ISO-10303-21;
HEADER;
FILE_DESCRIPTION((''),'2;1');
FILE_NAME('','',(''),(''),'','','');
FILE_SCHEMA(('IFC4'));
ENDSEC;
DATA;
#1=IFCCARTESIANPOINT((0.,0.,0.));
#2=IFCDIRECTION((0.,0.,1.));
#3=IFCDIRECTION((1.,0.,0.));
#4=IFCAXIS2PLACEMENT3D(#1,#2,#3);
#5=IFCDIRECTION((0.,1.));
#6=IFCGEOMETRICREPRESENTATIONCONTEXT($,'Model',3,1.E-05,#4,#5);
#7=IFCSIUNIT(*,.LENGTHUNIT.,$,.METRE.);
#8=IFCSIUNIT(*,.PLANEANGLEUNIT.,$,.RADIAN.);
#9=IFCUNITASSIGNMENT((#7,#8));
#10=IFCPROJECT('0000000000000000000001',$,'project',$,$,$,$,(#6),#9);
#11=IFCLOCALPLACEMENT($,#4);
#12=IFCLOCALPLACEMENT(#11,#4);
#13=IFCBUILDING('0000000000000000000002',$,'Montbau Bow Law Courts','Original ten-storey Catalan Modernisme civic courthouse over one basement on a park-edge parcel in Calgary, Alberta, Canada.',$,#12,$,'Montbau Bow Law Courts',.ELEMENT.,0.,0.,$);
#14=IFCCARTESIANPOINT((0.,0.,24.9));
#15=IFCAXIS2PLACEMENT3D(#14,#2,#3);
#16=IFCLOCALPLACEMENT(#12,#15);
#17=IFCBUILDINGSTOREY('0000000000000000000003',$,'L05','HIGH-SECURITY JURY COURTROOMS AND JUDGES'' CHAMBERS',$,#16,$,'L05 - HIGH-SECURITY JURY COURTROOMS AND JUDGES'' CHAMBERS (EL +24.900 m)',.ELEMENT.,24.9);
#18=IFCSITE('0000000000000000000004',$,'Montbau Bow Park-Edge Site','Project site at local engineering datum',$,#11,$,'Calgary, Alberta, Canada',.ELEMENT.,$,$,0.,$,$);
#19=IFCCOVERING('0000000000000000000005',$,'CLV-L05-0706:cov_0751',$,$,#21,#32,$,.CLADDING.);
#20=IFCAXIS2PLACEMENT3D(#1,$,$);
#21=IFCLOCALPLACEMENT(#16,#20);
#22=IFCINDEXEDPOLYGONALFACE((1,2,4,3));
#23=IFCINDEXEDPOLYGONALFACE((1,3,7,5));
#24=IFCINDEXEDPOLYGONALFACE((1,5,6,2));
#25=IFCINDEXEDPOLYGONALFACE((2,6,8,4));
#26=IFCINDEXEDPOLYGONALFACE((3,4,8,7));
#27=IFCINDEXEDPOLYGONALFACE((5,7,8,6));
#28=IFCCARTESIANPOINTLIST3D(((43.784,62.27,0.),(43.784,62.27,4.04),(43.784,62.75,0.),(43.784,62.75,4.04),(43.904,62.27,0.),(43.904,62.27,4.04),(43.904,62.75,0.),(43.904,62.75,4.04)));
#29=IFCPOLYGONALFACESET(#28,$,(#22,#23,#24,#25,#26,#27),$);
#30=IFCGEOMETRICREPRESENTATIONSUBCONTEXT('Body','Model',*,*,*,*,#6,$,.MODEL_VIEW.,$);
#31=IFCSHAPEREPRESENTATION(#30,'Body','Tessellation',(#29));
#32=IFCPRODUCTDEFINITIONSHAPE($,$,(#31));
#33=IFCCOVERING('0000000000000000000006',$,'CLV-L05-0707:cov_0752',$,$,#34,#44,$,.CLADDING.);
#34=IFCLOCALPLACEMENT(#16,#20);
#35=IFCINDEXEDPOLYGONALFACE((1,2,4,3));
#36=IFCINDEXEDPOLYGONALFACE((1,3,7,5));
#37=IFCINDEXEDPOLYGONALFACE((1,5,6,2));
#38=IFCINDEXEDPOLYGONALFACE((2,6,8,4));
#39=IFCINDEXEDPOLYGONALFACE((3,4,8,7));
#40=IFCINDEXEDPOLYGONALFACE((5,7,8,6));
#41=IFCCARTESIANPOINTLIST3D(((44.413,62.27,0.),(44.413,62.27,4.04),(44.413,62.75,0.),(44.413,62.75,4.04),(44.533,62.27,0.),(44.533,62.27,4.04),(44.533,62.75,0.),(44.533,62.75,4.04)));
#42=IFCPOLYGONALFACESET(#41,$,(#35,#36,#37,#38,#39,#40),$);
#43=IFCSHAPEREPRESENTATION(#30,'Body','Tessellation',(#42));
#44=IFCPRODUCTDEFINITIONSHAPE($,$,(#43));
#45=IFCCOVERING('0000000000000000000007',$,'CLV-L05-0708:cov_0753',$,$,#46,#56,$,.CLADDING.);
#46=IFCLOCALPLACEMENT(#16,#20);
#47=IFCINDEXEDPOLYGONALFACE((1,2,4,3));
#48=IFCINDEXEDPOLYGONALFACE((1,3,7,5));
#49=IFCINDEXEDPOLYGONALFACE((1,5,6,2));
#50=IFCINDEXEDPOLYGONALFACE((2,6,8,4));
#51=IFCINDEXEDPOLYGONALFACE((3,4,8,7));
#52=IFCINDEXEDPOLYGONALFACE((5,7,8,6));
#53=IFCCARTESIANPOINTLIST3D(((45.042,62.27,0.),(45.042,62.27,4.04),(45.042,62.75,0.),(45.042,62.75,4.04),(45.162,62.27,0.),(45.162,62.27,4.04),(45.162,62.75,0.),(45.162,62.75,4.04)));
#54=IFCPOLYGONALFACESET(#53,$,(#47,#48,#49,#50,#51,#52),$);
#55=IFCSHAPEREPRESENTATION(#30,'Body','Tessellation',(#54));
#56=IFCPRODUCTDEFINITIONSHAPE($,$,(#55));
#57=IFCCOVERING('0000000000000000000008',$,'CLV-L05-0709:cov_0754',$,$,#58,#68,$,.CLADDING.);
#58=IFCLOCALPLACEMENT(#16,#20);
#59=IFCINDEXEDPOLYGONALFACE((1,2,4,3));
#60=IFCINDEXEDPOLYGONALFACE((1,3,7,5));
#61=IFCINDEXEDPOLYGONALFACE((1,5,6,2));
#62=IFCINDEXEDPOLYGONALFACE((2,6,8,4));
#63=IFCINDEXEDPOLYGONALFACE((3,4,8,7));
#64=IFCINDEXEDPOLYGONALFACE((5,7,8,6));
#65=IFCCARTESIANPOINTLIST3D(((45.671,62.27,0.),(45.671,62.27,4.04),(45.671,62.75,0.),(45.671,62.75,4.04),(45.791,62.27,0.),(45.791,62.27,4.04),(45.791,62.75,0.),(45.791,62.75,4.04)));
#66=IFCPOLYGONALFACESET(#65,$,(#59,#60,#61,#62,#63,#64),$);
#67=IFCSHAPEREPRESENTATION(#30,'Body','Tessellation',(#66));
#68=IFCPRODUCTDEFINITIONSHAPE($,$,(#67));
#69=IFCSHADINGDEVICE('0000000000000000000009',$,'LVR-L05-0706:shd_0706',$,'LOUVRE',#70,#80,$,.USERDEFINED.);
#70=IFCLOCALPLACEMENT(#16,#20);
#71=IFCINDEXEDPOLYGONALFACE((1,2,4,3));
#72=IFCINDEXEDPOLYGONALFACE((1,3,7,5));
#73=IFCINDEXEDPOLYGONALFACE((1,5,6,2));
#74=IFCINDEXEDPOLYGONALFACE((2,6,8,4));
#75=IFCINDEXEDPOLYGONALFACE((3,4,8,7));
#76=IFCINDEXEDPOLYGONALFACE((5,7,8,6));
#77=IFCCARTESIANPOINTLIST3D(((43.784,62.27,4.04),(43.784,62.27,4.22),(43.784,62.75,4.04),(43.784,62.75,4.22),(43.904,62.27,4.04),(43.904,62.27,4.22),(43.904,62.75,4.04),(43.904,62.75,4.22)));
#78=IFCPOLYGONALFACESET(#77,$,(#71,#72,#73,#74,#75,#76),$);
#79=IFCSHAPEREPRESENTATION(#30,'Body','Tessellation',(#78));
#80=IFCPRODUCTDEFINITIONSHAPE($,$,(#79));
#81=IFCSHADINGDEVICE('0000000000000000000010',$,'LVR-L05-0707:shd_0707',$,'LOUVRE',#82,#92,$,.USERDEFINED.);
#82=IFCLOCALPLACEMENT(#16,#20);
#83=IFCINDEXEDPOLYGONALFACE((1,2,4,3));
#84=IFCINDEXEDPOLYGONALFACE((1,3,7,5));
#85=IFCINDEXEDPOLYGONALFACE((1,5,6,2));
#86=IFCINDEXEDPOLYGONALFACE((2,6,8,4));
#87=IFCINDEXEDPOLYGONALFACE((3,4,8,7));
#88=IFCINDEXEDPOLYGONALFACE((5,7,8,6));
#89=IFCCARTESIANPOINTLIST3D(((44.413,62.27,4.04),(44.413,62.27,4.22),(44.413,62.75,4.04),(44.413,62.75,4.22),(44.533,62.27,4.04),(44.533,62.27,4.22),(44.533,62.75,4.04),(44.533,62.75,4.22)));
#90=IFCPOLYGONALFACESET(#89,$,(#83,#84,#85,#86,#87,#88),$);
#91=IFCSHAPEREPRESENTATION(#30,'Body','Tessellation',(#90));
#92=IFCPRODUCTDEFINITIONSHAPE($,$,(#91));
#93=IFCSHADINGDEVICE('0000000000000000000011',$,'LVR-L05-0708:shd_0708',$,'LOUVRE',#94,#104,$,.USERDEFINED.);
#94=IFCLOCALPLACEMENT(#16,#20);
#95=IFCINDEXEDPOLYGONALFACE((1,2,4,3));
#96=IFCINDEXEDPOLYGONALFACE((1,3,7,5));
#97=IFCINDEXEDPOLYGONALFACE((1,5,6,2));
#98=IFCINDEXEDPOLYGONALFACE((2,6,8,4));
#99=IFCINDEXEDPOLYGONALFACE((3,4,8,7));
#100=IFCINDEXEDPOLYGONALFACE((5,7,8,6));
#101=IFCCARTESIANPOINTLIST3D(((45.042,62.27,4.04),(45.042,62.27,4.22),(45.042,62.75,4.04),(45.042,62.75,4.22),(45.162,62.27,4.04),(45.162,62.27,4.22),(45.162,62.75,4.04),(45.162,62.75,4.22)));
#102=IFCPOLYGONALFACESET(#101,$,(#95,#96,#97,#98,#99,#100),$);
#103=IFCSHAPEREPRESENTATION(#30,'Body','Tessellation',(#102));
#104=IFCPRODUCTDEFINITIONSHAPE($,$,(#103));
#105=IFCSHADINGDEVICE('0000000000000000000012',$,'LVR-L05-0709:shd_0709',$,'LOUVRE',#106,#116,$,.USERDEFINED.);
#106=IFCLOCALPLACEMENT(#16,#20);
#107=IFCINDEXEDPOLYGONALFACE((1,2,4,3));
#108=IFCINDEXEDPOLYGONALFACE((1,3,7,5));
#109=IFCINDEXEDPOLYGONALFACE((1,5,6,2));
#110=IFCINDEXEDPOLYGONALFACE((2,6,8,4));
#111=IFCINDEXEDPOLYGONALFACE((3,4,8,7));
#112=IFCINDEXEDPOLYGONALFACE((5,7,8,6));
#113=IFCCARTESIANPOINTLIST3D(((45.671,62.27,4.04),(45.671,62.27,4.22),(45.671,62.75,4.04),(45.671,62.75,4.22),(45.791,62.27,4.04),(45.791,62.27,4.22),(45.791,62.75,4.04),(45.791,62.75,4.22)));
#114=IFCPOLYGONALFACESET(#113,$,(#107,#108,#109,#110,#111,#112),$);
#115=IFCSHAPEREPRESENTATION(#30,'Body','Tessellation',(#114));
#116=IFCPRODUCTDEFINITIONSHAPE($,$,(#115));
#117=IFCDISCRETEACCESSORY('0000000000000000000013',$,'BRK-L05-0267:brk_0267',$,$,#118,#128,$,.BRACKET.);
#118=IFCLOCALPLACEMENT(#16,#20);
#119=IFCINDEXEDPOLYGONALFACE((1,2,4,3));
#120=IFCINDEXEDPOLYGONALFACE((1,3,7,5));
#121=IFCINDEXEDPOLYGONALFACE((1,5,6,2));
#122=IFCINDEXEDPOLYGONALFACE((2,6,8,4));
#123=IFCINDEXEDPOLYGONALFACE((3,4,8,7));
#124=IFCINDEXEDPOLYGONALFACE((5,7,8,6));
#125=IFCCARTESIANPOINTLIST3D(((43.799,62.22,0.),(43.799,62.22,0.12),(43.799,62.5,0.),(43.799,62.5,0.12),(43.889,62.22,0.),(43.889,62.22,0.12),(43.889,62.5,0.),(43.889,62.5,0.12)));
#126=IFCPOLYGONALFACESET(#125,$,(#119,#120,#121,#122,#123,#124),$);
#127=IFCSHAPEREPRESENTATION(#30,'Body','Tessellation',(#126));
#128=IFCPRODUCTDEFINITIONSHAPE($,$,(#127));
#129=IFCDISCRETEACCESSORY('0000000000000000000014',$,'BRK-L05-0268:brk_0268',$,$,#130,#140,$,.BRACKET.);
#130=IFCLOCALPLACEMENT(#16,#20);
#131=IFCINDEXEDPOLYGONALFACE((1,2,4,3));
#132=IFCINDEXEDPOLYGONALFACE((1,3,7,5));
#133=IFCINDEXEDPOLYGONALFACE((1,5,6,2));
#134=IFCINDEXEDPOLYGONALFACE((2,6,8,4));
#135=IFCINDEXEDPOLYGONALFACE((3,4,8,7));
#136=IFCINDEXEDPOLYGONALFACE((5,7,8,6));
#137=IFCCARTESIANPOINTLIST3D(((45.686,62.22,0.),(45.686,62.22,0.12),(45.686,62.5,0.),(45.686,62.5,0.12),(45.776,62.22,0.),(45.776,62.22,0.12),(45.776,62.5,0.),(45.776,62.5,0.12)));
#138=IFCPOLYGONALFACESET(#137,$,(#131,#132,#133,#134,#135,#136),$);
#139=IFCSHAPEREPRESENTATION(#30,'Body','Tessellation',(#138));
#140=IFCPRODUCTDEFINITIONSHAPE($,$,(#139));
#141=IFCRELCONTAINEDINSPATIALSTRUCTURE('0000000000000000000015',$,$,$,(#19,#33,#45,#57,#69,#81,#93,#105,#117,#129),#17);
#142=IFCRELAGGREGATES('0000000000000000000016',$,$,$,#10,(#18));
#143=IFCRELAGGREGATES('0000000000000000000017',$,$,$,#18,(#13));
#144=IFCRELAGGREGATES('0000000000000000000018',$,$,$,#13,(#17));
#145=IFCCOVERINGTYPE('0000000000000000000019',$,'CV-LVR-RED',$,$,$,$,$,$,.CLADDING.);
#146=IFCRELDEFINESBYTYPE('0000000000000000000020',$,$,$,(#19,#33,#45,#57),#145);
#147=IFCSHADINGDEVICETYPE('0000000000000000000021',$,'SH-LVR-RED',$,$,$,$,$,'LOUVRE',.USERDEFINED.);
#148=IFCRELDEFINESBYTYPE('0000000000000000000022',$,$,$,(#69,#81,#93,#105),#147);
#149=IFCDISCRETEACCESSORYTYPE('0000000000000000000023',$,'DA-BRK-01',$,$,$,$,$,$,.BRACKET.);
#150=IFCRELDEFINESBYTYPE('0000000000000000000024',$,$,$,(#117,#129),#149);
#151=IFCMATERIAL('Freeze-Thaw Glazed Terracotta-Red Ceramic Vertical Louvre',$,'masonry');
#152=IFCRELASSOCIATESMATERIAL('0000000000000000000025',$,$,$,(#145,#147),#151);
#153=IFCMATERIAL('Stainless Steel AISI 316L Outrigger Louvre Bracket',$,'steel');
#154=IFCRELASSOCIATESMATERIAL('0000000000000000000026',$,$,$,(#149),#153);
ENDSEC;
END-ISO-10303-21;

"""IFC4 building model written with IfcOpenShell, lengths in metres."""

from ifc_helpers import new_model, si_unit, direction, frame, frame_2d, origin_with_axes, origin_2d_with_axis, place, context, subcontext, project, spatial, rectangle, extrude, material, type_object, element, save


model = new_model("IFC4")

# Units and contexts
model_context = context("Model", 3, precision=1e-05, world=origin_with_axes(), true_north=direction((0.0, 1.0)))
body_context = subcontext(model_context, "Body", "Model", "MODEL_VIEW")
ifc_project = project(units=[si_unit("LENGTHUNIT", "METRE"), si_unit("PLANEANGLEUNIT", "RADIAN")], contexts=[model_context])

# Site, building, storey
site_placement = place(None, origin_with_axes())
site = spatial("IfcSite", under=ifc_project, at=site_placement, Name="Montbau Bow Park-Edge Site", Description="Project site at local engineering datum", LongName="Calgary, Alberta, Canada", CompositionType="ELEMENT", RefElevation=0.0)
building_placement = place(site_placement, origin_with_axes())
building = spatial("IfcBuilding", under=site, at=building_placement, Name="Montbau Bow Law Courts", Description="Original ten-storey Catalan Modernisme civic courthouse over one basement on a park-edge parcel in Calgary, Alberta, Canada.", LongName="Montbau Bow Law Courts", CompositionType="ELEMENT", ElevationOfRefHeight=0.0, ElevationOfTerrain=0.0)
storey_placement = place(building_placement, frame((0.0, 0.0, 24.9), z_axis=(0.0, 0.0, 1.0), x_axis=(1.0, 0.0, 0.0)))
storey = spatial("IfcBuildingStorey", under=building, at=storey_placement, Name="L05", Description="HIGH-SECURITY JURY COURTROOMS AND JUDGES' CHAMBERS", LongName="L05 - HIGH-SECURITY JURY COURTROOMS AND JUDGES' CHAMBERS (EL +24.900 m)", CompositionType="ELEMENT", Elevation=24.9)

# Coverings
ifc_material_1 = material(Name="Freeze-Thaw Glazed Terracotta-Red Ceramic Vertical Louvre", Category="masonry")
covering_type = type_object("IfcCoveringType", Name="CV-LVR-RED", PredefinedType="CLADDING", material=ifc_material_1)
for number, where, z_axis, x_axis, name in (
    (1, (43.844, 62.27, 24.9), (1.0, 0.0, 0.0), (0.0, 1.0, 0.0), "CLV-L05-0706:cov_0751"),
    (2, (44.473, 62.27, 24.9), (1.0, 0.0, 0.0), (0.0, 1.0, 0.0), "CLV-L05-0707:cov_0752"),
    (3, (45.102, 62.27, 24.9), (1.0, 0.0, 0.0), (0.0, 1.0, 0.0), "CLV-L05-0708:cov_0753"),
    (4, (45.731, 62.27, 24.9), (1.0, 0.0, 0.0), (0.0, 1.0, 0.0), "CLV-L05-0709:cov_0754"),
):
    element("IfcCovering", number, at=place(None, frame(where, z_axis=z_axis, x_axis=x_axis)), inside=storey, type_object=covering_type, Name=name, PredefinedType="CLADDING", context=body_context, shape_type="SweptSolid", body=[
        extrude(rectangle(XDim=0.48, YDim=4.04, at=frame_2d((0.24, 2.02), x_axis=(1.0, 0.0))), frame((0.0, 0.0, -0.06), z_axis=(0.0, 0.0, 1.0), x_axis=(1.0, 0.0, 0.0)), (0.0, 0.0, 1.0), 0.12),
    ])

# Shading devices
shading_device_type = type_object("IfcShadingDeviceType", Name="SH-LVR-RED", ElementType="LOUVRE", PredefinedType="USERDEFINED", material=ifc_material_1)
for number, where, z_axis, x_axis, name in (
    (5, (43.844, 62.51, 28.94), (0.0, 0.0, 1.0), (0.0, 1.0, 0.0), "LVR-L05-0706:shd_0706"),
    (6, (44.473, 62.51, 28.94), (0.0, 0.0, 1.0), (0.0, 1.0, 0.0), "LVR-L05-0707:shd_0707"),
    (7, (45.102, 62.51, 28.94), (0.0, 0.0, 1.0), (0.0, 1.0, 0.0), "LVR-L05-0708:shd_0708"),
    (8, (45.731, 62.51, 28.94), (0.0, 0.0, 1.0), (0.0, 1.0, 0.0), "LVR-L05-0709:shd_0709"),
):
    element("IfcShadingDevice", number, at=place(None, frame(where, z_axis=z_axis, x_axis=x_axis)), inside=storey, type_object=shading_device_type, Name=name, ObjectType="LOUVRE", PredefinedType="USERDEFINED", context=body_context, shape_type="SweptSolid", body=[
        extrude(rectangle(XDim=0.48, YDim=0.12, at=origin_2d_with_axis()), origin_with_axes(), (0.0, 0.0, 1.0), 0.18),
    ])

# Discrete accessories
ifc_material_2 = material(Name="Stainless Steel AISI 316L Outrigger Louvre Bracket", Category="steel")
discrete_accessory_type = type_object("IfcDiscreteAccessoryType", Name="DA-BRK-01", PredefinedType="BRACKET", material=ifc_material_2)
for number, where, z_axis, x_axis, name in (
    (9, (43.844, 62.36, 24.9), (0.0, 0.0, 1.0), (0.0, 1.0, 0.0), "BRK-L05-0267:brk_0267"),
    (10, (45.731, 62.36, 24.9), (0.0, 0.0, 1.0), (0.0, 1.0, 0.0), "BRK-L05-0268:brk_0268"),
):
    element("IfcDiscreteAccessory", number, at=place(None, frame(where, z_axis=z_axis, x_axis=x_axis)), inside=storey, type_object=discrete_accessory_type, Name=name, PredefinedType="BRACKET", context=body_context, shape_type="SweptSolid", body=[
        extrude(rectangle(XDim=0.28, YDim=0.09, at=origin_2d_with_axis()), origin_with_axes(), (0.0, 0.0, 1.0), 0.12),
    ])

save(model, "model.ifc")
